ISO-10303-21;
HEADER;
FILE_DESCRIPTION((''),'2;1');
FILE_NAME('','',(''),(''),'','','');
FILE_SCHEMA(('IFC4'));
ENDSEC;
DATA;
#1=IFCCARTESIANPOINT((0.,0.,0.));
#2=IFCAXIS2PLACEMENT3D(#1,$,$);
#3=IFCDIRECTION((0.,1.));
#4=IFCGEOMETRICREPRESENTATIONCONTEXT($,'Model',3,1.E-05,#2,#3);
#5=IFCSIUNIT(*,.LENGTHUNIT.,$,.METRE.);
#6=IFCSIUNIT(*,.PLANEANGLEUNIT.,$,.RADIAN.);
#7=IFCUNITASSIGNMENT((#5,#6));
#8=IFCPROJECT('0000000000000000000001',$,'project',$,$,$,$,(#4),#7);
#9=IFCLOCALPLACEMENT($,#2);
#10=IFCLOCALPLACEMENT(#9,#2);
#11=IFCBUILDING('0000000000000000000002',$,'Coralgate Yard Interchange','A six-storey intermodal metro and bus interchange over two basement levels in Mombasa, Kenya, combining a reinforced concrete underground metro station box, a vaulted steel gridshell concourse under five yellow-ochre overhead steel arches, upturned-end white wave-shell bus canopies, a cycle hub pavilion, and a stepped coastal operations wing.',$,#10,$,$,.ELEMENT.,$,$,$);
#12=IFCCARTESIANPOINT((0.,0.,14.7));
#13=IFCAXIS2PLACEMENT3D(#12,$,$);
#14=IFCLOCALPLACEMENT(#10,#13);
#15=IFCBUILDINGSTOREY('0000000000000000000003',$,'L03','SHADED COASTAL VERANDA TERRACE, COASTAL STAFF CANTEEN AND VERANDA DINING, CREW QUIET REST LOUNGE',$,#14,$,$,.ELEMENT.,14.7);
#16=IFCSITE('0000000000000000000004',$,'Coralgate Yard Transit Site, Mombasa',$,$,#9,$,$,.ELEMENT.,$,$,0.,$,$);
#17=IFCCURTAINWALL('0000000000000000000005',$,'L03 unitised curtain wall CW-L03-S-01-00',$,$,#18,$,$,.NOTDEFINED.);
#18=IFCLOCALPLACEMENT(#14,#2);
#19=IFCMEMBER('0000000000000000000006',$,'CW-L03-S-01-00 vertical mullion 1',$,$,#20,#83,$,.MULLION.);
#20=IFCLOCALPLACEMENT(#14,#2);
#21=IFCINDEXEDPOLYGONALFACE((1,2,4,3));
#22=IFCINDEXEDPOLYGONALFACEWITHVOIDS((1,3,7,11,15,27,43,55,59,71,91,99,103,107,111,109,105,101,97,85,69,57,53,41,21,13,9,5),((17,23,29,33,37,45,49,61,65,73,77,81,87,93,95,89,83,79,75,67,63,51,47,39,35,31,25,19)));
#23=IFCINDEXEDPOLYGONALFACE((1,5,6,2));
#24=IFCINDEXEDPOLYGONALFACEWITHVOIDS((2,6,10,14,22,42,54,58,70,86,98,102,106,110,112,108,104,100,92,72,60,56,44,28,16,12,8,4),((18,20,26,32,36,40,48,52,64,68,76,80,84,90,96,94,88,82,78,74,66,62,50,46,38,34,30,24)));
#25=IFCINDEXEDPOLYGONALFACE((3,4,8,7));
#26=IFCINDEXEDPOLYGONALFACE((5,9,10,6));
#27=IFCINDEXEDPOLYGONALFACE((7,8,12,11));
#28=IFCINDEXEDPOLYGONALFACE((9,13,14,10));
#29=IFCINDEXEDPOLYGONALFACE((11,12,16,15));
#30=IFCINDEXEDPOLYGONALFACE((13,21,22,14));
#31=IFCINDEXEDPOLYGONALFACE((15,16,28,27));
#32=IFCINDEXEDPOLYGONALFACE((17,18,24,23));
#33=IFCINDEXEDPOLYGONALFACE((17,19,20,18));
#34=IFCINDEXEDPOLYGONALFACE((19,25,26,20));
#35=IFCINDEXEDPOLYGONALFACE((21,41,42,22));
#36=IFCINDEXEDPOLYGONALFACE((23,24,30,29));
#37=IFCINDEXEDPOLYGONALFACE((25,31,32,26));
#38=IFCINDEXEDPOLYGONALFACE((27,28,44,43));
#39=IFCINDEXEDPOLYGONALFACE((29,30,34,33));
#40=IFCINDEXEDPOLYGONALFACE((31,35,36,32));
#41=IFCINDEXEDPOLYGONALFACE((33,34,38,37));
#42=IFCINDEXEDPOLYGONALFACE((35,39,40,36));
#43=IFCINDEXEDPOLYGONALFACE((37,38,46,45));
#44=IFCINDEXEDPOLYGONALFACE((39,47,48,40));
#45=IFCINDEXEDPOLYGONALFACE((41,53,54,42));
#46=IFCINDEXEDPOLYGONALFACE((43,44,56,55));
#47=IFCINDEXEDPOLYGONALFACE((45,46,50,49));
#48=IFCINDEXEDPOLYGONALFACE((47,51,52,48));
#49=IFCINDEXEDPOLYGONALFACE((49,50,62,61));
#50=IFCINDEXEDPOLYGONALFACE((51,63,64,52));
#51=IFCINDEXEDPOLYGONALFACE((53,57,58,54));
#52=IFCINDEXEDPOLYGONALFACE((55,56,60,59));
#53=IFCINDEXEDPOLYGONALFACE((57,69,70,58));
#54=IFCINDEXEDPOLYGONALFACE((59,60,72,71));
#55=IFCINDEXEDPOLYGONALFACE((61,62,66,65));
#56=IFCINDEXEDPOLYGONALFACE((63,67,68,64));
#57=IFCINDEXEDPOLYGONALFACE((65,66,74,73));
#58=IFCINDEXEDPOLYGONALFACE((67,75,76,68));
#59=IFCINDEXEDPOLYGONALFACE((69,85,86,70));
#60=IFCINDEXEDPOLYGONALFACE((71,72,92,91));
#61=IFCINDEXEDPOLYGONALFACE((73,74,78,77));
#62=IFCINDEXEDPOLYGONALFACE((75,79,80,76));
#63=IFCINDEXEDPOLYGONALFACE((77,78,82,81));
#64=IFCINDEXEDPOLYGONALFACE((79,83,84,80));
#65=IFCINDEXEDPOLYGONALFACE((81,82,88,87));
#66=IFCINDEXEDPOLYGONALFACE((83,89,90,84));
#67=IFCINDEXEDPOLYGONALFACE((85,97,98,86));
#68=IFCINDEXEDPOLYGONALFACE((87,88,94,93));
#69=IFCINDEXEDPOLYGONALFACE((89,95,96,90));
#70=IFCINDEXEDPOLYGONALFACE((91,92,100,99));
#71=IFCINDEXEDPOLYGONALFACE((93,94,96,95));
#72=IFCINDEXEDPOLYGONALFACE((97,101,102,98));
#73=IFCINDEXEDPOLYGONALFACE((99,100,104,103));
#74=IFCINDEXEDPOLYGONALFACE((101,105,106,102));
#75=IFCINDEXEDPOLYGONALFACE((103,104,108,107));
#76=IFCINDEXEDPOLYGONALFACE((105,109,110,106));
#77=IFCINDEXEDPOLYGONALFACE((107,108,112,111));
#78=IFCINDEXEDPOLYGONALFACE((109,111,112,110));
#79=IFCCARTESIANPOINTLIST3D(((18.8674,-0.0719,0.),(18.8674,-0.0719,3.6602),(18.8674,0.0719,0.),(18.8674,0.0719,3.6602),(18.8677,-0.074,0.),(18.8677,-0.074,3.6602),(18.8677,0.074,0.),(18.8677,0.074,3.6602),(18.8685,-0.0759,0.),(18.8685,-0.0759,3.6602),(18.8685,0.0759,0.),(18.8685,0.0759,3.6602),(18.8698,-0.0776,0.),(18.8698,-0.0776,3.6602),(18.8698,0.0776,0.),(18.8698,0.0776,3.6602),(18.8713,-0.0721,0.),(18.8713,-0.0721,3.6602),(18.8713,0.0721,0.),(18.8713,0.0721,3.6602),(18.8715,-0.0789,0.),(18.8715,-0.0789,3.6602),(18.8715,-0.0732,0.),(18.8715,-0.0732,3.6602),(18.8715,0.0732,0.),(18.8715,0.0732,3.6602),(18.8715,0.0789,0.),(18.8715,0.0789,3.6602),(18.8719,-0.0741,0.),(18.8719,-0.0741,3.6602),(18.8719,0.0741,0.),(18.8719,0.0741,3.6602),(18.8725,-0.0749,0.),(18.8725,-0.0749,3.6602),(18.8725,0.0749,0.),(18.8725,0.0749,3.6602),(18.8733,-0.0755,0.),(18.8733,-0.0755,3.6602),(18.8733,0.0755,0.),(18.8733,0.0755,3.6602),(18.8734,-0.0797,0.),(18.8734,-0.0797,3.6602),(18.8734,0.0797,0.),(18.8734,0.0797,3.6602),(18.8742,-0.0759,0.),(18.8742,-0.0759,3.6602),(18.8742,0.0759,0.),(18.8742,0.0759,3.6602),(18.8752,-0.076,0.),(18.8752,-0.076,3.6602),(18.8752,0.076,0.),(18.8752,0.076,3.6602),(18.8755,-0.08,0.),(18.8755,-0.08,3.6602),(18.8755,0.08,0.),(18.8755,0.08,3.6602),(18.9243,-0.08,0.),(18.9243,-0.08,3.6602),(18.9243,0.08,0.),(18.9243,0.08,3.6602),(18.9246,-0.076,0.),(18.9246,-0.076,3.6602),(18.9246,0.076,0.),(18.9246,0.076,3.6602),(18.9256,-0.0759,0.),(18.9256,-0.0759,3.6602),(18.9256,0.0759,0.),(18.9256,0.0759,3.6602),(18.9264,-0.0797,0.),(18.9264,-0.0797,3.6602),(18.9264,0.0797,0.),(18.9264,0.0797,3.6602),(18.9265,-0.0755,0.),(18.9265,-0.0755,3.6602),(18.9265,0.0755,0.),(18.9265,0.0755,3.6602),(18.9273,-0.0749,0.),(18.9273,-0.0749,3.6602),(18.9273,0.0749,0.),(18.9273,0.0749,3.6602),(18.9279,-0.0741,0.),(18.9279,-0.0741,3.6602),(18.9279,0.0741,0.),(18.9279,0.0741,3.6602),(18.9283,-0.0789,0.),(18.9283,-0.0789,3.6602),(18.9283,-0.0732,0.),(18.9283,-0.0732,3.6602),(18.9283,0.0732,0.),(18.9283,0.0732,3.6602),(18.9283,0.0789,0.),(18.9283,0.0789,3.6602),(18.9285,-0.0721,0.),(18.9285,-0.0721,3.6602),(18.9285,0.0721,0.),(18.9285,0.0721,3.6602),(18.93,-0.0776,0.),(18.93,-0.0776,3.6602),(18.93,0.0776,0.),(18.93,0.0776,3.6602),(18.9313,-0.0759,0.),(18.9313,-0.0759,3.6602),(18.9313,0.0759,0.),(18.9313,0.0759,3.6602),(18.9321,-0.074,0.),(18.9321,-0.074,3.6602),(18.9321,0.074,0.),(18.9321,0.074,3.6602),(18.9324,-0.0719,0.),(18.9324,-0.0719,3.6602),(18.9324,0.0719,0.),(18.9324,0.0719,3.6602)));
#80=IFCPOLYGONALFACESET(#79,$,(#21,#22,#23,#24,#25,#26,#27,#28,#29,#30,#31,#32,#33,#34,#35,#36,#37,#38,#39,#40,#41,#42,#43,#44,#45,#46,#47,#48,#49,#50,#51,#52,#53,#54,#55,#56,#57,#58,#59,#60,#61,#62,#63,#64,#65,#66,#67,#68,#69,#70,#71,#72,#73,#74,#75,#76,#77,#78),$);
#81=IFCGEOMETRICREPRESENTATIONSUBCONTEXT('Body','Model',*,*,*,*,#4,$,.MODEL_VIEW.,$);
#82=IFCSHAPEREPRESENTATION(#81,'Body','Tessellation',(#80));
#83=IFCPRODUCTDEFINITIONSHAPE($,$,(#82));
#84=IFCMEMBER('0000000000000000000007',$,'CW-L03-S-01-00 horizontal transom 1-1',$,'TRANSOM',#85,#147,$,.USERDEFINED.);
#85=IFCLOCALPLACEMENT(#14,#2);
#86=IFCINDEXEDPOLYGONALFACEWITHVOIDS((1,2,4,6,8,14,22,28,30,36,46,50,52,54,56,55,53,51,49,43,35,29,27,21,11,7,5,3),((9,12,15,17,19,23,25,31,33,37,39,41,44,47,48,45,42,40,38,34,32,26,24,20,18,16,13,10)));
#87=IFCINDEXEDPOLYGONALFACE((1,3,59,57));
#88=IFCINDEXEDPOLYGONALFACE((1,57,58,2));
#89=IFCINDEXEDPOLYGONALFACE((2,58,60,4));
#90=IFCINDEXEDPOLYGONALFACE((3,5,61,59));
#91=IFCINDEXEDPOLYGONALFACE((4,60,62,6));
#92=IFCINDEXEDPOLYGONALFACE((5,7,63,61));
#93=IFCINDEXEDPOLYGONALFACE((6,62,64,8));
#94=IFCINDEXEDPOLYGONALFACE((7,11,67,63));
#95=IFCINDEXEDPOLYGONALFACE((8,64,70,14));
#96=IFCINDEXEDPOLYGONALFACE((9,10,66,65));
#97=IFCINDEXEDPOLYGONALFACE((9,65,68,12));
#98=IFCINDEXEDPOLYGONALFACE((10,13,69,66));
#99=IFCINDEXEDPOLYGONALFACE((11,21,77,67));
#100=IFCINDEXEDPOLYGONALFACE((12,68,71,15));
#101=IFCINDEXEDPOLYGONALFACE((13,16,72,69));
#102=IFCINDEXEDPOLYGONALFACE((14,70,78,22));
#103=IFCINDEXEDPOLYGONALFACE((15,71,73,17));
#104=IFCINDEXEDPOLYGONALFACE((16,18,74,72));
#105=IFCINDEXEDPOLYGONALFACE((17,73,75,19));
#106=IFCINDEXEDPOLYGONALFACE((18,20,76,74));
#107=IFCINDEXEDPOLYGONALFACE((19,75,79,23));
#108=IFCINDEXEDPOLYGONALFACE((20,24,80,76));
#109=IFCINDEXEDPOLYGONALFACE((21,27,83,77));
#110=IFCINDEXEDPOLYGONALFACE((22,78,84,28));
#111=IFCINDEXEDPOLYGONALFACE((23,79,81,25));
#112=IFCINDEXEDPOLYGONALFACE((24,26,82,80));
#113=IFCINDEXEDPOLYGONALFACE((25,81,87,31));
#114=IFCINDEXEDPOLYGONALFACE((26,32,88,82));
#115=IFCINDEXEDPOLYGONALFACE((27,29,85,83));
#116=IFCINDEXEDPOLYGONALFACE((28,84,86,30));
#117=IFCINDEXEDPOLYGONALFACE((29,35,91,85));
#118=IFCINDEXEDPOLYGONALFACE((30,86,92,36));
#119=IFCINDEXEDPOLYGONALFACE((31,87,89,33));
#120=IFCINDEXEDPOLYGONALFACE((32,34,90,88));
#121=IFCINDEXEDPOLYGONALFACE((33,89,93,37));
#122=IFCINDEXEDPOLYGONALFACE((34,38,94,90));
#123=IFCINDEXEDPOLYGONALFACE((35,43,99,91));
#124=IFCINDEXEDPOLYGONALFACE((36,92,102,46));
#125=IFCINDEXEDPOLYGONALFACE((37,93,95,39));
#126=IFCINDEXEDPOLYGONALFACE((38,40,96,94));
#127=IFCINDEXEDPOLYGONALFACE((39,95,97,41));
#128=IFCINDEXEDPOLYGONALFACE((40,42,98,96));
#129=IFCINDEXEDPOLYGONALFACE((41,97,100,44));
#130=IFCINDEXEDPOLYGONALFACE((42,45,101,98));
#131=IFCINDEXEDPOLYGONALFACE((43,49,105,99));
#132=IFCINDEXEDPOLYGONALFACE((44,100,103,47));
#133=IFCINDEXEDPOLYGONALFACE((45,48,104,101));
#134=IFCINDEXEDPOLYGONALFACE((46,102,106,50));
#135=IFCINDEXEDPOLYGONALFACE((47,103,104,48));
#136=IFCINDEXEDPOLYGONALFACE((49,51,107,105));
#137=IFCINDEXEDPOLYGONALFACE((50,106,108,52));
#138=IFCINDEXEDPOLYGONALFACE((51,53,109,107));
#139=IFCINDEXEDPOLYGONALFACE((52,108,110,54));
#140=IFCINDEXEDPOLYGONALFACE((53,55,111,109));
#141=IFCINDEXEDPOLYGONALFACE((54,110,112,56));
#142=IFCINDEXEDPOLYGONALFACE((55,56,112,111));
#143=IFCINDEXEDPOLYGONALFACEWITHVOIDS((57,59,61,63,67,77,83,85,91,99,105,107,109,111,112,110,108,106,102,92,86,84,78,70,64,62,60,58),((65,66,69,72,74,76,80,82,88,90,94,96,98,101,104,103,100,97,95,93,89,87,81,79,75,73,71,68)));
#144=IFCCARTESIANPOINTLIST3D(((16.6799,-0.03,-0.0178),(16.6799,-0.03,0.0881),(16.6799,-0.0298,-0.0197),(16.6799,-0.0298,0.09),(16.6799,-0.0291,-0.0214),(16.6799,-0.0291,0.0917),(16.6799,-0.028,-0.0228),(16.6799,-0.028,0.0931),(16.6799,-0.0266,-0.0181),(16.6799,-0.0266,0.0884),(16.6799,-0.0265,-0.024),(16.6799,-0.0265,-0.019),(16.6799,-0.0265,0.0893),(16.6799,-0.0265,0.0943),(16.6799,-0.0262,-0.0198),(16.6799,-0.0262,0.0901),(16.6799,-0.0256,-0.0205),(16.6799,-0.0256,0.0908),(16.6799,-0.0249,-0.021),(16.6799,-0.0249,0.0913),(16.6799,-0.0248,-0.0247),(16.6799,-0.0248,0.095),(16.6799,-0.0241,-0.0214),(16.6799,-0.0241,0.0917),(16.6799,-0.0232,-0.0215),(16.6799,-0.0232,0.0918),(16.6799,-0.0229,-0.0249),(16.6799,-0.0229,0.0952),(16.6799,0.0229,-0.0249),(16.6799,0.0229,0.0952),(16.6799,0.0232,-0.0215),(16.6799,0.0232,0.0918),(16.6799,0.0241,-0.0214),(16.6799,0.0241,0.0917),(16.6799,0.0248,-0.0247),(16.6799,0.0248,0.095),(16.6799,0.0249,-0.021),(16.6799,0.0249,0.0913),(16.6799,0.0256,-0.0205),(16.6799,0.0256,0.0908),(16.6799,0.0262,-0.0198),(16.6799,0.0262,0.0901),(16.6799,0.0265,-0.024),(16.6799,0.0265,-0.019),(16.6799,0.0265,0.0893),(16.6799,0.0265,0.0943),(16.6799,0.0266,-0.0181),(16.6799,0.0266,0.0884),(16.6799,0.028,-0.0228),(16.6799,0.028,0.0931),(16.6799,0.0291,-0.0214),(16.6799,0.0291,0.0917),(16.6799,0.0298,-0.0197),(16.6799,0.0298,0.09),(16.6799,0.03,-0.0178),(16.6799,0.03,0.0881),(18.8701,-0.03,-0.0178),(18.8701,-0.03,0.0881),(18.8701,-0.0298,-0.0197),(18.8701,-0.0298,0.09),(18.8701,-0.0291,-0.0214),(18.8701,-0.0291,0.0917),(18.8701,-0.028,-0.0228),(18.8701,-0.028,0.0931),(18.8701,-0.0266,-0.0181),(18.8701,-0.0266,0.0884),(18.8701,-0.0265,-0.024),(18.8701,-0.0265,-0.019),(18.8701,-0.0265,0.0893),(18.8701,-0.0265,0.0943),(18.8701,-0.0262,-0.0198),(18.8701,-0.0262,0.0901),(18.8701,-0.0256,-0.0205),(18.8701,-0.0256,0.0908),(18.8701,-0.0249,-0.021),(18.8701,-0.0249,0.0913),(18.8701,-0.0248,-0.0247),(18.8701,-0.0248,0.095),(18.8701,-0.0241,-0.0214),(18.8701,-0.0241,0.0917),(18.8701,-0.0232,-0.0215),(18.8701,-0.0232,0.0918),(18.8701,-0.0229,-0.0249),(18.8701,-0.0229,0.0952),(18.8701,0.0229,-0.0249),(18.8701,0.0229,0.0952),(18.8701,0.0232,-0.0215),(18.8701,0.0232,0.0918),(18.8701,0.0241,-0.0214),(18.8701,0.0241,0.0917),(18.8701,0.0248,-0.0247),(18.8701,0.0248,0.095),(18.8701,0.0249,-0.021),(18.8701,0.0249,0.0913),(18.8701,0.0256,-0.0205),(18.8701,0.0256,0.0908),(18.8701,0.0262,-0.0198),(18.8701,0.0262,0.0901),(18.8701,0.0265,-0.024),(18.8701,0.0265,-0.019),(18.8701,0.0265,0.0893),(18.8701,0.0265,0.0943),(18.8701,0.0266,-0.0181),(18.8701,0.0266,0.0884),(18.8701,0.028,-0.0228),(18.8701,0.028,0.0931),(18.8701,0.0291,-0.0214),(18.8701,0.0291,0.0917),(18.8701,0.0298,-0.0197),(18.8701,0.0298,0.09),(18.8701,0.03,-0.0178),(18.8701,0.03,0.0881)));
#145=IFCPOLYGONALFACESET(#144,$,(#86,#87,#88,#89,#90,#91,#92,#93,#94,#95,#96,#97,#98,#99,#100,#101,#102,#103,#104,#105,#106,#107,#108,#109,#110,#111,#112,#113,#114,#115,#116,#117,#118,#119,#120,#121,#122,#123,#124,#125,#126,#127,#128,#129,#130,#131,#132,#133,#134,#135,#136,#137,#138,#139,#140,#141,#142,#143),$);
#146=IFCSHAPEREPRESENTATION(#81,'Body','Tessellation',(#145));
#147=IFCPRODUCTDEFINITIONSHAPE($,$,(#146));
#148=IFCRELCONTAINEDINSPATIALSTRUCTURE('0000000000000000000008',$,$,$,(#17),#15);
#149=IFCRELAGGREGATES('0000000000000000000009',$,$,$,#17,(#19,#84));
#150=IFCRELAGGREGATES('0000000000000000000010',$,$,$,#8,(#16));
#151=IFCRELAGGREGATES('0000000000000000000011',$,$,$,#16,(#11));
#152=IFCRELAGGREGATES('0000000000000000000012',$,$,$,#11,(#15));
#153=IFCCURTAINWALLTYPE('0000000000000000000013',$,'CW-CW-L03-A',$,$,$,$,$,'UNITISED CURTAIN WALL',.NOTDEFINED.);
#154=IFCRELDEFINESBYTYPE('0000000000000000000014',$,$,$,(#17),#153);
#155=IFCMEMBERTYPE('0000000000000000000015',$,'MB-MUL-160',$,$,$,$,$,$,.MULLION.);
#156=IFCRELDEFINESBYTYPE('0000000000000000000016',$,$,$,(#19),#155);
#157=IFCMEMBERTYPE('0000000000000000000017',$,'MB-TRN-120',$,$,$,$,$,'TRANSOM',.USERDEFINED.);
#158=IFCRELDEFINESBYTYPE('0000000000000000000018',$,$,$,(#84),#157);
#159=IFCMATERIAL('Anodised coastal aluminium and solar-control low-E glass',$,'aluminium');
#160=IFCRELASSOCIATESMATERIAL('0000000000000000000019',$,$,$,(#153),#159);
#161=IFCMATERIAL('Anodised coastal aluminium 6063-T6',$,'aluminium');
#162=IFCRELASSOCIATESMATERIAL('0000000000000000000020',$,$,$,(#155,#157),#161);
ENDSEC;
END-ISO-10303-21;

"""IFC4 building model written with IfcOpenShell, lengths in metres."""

from ifc_helpers import new_model, si_unit, direction, frame, origin, origin_2d, place, context, subcontext, project, spatial, hollow_rectangle, extrude, material, material_profile, profile_set, type_object, element, aggregate, save


model = new_model("IFC4")

# Units and contexts
model_context = context("Model", 3, precision=1e-05, world=origin(), true_north=direction((0.0, 1.0)))
body_context = subcontext(model_context, "Body", "Model", "MODEL_VIEW")
ifc_project = project(units=[si_unit("LENGTHUNIT", "METRE"), si_unit("PLANEANGLEUNIT", "RADIAN")], contexts=[model_context])

# Site, building, storey
site_placement = place(None, origin())
site = spatial("IfcSite", under=ifc_project, at=site_placement, Name="Coralgate Yard Transit Site, Mombasa", CompositionType="ELEMENT", RefElevation=0.0)
building_placement = place(site_placement, origin())
building = spatial("IfcBuilding", under=site, at=building_placement, Name="Coralgate Yard Interchange", Description="A six-storey intermodal metro and bus interchange over two basement levels in Mombasa, Kenya, combining a reinforced concrete underground metro station box, a vaulted steel gridshell concourse under five yellow-ochre overhead steel arches, upturned-end white wave-shell bus canopies, a cycle hub pavilion, and a stepped coastal operations wing.", CompositionType="ELEMENT")
storey_placement = place(building_placement, frame((0.0, 0.0, 14.7)))
storey = spatial("IfcBuildingStorey", under=building, at=storey_placement, Name="L03", Description="SHADED COASTAL VERANDA TERRACE, COASTAL STAFF CANTEEN AND VERANDA DINING, CREW QUIET REST LOUNGE", CompositionType="ELEMENT", Elevation=14.7)

# Curtain wall, members
ifc_material_1 = material(Name="Anodised coastal aluminium and solar-control low-E glass", Category="aluminium")
curtain_wall_type = type_object("IfcCurtainWallType", Name="CW-CW-L03-A", ElementType="UNITISED CURTAIN WALL", PredefinedType="NOTDEFINED", material=ifc_material_1)
curtain_wall_placement = place(storey_placement, origin())
curtain_wall = element("IfcCurtainWall", 1, at=curtain_wall_placement, inside=storey, type_object=curtain_wall_type, Name="L03 unitised curtain wall CW-L03-S-01-00", PredefinedType="NOTDEFINED")
ifc_material_2 = material(Name="Anodised coastal aluminium 6063-T6", Category="aluminium")
ifc_material_profile_1 = material_profile(ifc_material_2, hollow_rectangle(XDim=0.0649, YDim=0.1599, WallThickness=0.0039, InnerFilletRadius=0.0039, OuterFilletRadius=0.0081, at=origin_2d()), Name="ALU 65x160x4")
ifc_profile_set_1 = profile_set([ifc_material_profile_1], Name="Anodised coastal aluminium 6063-T6")
member_type_1 = type_object("IfcMemberType", Name="MB-MUL-160", PredefinedType="MULLION", material=ifc_profile_set_1)
member_1_placement = place(storey_placement, frame((18.8999, 0.0, 0.0), z_axis=(0.0, 0.0, 1.0), x_axis=(1.0, 0.0, 0.0)))
member_1 = element("IfcMember", 2, at=member_1_placement, type_object=member_type_1, Name="CW-L03-S-01-00 vertical mullion 1", PredefinedType="MULLION", context=body_context, shape_type="SweptSolid", body=[
    extrude(hollow_rectangle(XDim=0.0649, YDim=0.1599, WallThickness=0.0039, InnerFilletRadius=0.0039, OuterFilletRadius=0.0081, at=origin_2d()), origin(), (0.0, 0.0, 1.0), 3.6602),
])
ifc_material_profile_2 = material_profile(ifc_material_2, hollow_rectangle(XDim=0.0601, YDim=0.1201, WallThickness=0.0034, InnerFilletRadius=0.0034, OuterFilletRadius=0.0071, at=origin_2d()), Name="ALU 60x120x3.5")
ifc_profile_set_2 = profile_set([ifc_material_profile_2], Name="Anodised coastal aluminium 6063-T6")
member_type_2 = type_object("IfcMemberType", Name="MB-TRN-120", ElementType="TRANSOM", PredefinedType="USERDEFINED", material=ifc_profile_set_2)
member_2_placement = place(storey_placement, frame((18.8701, 0.0, 0.0352), z_axis=(-1.0, 0.0, 0.0), x_axis=(0.0, -1.0, 0.0)))
member_2 = element("IfcMember", 3, at=member_2_placement, type_object=member_type_2, Name="CW-L03-S-01-00 horizontal transom 1-1", ObjectType="TRANSOM", PredefinedType="USERDEFINED", context=body_context, shape_type="SweptSolid", body=[
    extrude(hollow_rectangle(XDim=0.0601, YDim=0.1201, WallThickness=0.0034, InnerFilletRadius=0.0034, OuterFilletRadius=0.0071, at=origin_2d()), origin(), (0.0, 0.0, 1.0), 2.1902),
])
aggregate(curtain_wall, [member_1, member_2])

save(model, "model.ifc")
